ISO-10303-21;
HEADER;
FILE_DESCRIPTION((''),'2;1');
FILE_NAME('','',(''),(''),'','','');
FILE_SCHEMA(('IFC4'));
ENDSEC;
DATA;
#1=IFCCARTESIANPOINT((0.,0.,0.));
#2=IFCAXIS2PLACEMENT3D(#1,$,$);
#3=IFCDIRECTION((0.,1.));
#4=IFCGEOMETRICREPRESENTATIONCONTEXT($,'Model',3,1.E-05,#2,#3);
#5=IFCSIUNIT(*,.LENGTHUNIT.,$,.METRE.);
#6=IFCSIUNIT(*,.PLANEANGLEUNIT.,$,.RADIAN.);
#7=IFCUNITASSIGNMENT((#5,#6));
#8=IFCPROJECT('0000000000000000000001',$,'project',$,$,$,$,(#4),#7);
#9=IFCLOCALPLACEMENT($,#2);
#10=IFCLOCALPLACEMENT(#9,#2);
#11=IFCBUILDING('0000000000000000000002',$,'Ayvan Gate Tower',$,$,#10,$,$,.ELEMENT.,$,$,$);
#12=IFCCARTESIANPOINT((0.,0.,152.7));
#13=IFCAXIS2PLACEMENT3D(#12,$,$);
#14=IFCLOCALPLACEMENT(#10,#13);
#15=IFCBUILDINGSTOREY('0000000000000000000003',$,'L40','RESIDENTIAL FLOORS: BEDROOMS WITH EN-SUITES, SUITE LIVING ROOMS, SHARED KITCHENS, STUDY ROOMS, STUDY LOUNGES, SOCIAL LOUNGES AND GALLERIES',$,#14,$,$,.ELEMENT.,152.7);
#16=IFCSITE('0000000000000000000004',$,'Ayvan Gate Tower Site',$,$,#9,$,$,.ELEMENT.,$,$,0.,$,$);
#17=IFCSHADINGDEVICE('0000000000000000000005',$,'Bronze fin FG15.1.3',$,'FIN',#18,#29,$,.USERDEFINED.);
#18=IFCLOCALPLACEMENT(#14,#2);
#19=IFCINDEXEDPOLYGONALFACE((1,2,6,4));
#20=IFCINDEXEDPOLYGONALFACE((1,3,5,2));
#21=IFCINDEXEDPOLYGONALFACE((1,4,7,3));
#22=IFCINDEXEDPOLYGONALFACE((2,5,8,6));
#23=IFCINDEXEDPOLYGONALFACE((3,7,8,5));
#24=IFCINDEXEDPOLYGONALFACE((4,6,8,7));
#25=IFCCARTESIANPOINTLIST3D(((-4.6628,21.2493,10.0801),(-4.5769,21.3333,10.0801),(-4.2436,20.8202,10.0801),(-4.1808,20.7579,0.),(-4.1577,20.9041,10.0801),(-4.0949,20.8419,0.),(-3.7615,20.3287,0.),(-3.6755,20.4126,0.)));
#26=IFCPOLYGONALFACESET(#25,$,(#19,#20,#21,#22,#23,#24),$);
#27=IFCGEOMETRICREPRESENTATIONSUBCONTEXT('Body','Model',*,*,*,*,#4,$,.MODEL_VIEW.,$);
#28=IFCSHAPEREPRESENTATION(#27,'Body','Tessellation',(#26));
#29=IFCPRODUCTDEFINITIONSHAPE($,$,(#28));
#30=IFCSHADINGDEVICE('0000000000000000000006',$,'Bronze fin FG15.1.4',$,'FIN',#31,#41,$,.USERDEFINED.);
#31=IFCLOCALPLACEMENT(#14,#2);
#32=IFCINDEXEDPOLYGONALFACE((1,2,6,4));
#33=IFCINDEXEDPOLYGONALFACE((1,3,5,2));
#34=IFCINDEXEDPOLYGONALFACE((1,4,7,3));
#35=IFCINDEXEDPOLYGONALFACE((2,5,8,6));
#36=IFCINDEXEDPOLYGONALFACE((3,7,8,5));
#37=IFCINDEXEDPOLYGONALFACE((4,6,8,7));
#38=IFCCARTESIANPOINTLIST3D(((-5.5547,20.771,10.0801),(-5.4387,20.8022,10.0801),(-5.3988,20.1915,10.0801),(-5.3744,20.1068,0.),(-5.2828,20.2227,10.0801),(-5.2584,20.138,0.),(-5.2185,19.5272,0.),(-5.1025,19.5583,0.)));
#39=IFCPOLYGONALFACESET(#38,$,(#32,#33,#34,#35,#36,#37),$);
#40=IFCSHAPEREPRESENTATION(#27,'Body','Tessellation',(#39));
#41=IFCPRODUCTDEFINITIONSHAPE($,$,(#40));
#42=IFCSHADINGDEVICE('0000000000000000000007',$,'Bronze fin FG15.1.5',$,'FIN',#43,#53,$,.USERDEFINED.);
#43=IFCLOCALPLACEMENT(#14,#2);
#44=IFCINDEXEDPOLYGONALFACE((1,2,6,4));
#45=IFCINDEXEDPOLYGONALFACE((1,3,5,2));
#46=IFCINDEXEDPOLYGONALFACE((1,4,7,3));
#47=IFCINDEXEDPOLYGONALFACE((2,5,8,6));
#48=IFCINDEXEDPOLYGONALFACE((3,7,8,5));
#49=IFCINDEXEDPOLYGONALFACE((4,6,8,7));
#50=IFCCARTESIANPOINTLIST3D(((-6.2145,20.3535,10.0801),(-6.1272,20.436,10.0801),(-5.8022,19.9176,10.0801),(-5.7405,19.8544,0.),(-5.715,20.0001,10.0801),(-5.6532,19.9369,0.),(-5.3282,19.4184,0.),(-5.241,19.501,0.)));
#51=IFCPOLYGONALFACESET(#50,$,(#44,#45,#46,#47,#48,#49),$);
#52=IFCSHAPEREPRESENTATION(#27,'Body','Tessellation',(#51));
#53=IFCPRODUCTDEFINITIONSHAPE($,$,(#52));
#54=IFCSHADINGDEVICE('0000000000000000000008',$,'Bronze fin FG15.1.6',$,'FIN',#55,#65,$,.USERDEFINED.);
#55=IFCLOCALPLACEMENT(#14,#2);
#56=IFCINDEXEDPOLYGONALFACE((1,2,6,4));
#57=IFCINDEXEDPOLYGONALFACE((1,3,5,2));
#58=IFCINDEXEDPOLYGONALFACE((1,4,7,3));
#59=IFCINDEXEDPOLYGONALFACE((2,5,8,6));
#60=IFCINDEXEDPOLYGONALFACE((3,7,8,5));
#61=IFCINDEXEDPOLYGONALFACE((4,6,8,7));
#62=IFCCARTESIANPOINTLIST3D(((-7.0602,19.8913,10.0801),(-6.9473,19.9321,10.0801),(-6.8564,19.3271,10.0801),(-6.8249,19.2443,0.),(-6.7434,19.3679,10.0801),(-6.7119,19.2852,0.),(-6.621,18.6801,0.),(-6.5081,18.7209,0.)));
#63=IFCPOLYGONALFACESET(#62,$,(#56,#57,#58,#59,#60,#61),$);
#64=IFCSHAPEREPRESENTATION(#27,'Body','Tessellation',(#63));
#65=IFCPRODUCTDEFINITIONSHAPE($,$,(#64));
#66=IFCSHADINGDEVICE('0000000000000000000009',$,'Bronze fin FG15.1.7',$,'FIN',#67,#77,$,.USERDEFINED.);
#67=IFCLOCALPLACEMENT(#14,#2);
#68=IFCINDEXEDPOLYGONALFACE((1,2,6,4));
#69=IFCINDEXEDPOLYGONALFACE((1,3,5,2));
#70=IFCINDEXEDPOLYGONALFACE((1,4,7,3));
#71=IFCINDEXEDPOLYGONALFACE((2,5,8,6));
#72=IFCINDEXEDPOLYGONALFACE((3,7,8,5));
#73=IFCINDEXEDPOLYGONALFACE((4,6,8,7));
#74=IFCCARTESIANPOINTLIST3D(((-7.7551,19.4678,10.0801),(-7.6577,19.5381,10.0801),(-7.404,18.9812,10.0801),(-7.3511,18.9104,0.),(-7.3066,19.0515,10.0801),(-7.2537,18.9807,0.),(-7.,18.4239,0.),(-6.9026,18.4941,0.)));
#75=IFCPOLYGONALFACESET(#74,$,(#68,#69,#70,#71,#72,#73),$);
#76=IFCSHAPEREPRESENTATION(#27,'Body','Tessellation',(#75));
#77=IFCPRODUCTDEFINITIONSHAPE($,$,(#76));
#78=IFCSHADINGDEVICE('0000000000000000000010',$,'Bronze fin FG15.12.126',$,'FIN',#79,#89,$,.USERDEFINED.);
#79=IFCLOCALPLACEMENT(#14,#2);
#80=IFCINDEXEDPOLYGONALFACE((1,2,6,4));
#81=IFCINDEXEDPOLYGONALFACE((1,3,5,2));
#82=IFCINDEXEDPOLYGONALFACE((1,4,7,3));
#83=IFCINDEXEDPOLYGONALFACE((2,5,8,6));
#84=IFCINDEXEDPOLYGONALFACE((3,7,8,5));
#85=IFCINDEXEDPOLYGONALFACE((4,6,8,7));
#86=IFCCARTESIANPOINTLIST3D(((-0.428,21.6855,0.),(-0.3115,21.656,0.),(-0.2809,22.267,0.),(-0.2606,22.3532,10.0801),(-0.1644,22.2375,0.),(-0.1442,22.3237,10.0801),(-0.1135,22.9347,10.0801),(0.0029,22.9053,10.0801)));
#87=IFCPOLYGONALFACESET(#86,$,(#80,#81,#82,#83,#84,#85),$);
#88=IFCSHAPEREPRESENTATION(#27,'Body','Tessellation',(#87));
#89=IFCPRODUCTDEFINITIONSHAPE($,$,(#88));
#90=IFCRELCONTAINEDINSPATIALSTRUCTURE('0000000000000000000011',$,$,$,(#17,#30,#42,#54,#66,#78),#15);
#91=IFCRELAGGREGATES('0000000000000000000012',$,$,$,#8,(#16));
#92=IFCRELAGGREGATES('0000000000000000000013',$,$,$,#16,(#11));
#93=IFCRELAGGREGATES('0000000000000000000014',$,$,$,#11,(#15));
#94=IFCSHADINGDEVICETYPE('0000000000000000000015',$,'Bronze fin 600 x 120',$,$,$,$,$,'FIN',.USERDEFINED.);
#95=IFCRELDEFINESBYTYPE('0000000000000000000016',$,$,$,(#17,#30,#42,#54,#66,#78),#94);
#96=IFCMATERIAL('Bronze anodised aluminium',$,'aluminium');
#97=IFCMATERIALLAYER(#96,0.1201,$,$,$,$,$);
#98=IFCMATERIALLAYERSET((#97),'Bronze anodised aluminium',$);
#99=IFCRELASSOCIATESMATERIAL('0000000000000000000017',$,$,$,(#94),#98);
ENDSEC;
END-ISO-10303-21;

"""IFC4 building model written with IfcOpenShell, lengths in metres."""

from ifc_helpers import new_model, si_unit, direction, frame, origin, place, context, subcontext, project, spatial, polyline, outline, extrude, material, layer, layer_set, type_object, element, save


model = new_model("IFC4")

# Units and contexts
model_context = context("Model", 3, precision=1e-05, world=origin(), true_north=direction((0.0, 1.0)))
body_context = subcontext(model_context, "Body", "Model", "MODEL_VIEW")
ifc_project = project(units=[si_unit("LENGTHUNIT", "METRE"), si_unit("PLANEANGLEUNIT", "RADIAN")], contexts=[model_context])

# Site, building, storey
site_placement = place(None, origin())
site = spatial("IfcSite", under=ifc_project, at=site_placement, Name="Ayvan Gate Tower Site", CompositionType="ELEMENT", RefElevation=0.0)
building_placement = place(site_placement, origin())
building = spatial("IfcBuilding", under=site, at=building_placement, Name="Ayvan Gate Tower", CompositionType="ELEMENT")
storey_placement = place(building_placement, frame((0.0, 0.0, 152.7)))
storey = spatial("IfcBuildingStorey", under=building, at=storey_placement, Name="L40", Description="RESIDENTIAL FLOORS: BEDROOMS WITH EN-SUITES, SUITE LIVING ROOMS, SHARED KITCHENS, STUDY ROOMS, STUDY LOUNGES, SOCIAL LOUNGES AND GALLERIES", CompositionType="ELEMENT", Elevation=152.7)

# Shared definitions
ifc_material_1 = material(Name="Bronze anodised aluminium", Category="aluminium")

# Shading devices
ifc_layer_1 = layer(ifc_material_1, 0.1201)
ifc_layer_set_1 = layer_set([ifc_layer_1], Name="Bronze anodised aluminium")
shading_device_type = type_object("IfcShadingDeviceType", Name="Bronze fin 600 x 120", ElementType="FIN", PredefinedType="USERDEFINED", material=ifc_layer_set_1)
shading_device_1_placement = place(storey_placement, frame((-3.6755, 20.4126, 0.0), z_axis=(0.715298, 0.698819, 0.000136), x_axis=(-0.698819, 0.715298, 0.0)))
element("IfcShadingDevice", 1, at=shading_device_1_placement, inside=storey, type_object=shading_device_type, Name="Bronze fin FG15.1.3", ObjectType="FIN", PredefinedType="USERDEFINED", context=body_context, shape_type="SweptSolid", body=[
    extrude(outline(polyline([(0.0, 0.0), (0.6001, 0.0), (1.2884, 10.0801), (0.6885, 10.0801), (0.0, 0.0)])), origin(), (0.0, 0.0, -1.0), 0.1201),
])
shading_device_2_placement = place(storey_placement, frame((-5.1025, 19.5583, 0.0), z_axis=(0.965682, 0.259725, 0.000156), x_axis=(-0.259725, 0.965682, 0.0)))
element("IfcShadingDevice", 2, at=shading_device_2_placement, inside=storey, type_object=shading_device_type, Name="Bronze fin FG15.1.4", ObjectType="FIN", PredefinedType="USERDEFINED", context=body_context, shape_type="SweptSolid", body=[
    extrude(outline(polyline([(0.0, 0.0), (0.6002, 0.0), (1.2885, 10.0801), (0.6884, 10.0801), (0.0, 0.0)])), origin(), (0.0, 0.0, -1.0), 0.1201),
])
shading_device_3_placement = place(storey_placement, frame((-5.241, 19.501, 0.0), z_axis=(0.726567, 0.687095, 0.000142), x_axis=(-0.687095, 0.726567, 0.0)))
element("IfcShadingDevice", 3, at=shading_device_3_placement, inside=storey, type_object=shading_device_type, Name="Bronze fin FG15.1.5", ObjectType="FIN", PredefinedType="USERDEFINED", context=body_context, shape_type="SweptSolid", body=[
    extrude(outline(polyline([(0.0, 0.0), (0.6, 0.0), (1.2883, 10.0801), (0.6883, 10.0801), (0.0, 0.0)])), origin(), (0.0, 0.0, -1.0), 0.1201),
])
shading_device_4_placement = place(storey_placement, frame((-6.5081, 18.7209, 0.0), z_axis=(0.940492, 0.339814, 0.000148), x_axis=(-0.339814, 0.940492, 0.0)))
element("IfcShadingDevice", 4, at=shading_device_4_placement, inside=storey, type_object=shading_device_type, Name="Bronze fin FG15.1.6", ObjectType="FIN", PredefinedType="USERDEFINED", context=body_context, shape_type="SweptSolid", body=[
    extrude(outline(polyline([(0.0, 0.0), (0.5999, 0.0), (1.2884, 10.0801), (0.6884, 10.0801), (0.0, 0.0)])), origin(), (0.0, 0.0, -1.0), 0.1201),
])
shading_device_5_placement = place(storey_placement, frame((-6.9026, 18.4941, 0.0), z_axis=(0.810947, 0.585119, 0.000152), x_axis=(-0.585119, 0.810947, 0.0)))
element("IfcShadingDevice", 5, at=shading_device_5_placement, inside=storey, type_object=shading_device_type, Name="Bronze fin FG15.1.7", ObjectType="FIN", PredefinedType="USERDEFINED", context=body_context, shape_type="SweptSolid", body=[
    extrude(outline(polyline([(0.0, 0.0), (0.6, 0.0), (1.2884, 10.0801), (0.6884, 10.0801), (0.0, 0.0)])), origin(), (0.0, 0.0, -1.0), 0.1201),
])
shading_device_6_placement = place(storey_placement, frame((-0.3115, 21.656, 0.0), z_axis=(0.969468, -0.245216, 0.000148), x_axis=(0.245216, 0.969468, 0.0)))
element("IfcShadingDevice", 6, at=shading_device_6_placement, inside=storey, type_object=shading_device_type, Name="Bronze fin FG15.12.126", ObjectType="FIN", PredefinedType="USERDEFINED", context=body_context, shape_type="SweptSolid", body=[
    extrude(outline(polyline([(0.0, 0.0), (0.5998, 0.0), (1.2882, 10.0801), (0.6883, 10.0801), (0.0, 0.0)])), origin(), (0.0, 0.0, -1.0), 0.1201),
])

save(model, "model.ifc")
